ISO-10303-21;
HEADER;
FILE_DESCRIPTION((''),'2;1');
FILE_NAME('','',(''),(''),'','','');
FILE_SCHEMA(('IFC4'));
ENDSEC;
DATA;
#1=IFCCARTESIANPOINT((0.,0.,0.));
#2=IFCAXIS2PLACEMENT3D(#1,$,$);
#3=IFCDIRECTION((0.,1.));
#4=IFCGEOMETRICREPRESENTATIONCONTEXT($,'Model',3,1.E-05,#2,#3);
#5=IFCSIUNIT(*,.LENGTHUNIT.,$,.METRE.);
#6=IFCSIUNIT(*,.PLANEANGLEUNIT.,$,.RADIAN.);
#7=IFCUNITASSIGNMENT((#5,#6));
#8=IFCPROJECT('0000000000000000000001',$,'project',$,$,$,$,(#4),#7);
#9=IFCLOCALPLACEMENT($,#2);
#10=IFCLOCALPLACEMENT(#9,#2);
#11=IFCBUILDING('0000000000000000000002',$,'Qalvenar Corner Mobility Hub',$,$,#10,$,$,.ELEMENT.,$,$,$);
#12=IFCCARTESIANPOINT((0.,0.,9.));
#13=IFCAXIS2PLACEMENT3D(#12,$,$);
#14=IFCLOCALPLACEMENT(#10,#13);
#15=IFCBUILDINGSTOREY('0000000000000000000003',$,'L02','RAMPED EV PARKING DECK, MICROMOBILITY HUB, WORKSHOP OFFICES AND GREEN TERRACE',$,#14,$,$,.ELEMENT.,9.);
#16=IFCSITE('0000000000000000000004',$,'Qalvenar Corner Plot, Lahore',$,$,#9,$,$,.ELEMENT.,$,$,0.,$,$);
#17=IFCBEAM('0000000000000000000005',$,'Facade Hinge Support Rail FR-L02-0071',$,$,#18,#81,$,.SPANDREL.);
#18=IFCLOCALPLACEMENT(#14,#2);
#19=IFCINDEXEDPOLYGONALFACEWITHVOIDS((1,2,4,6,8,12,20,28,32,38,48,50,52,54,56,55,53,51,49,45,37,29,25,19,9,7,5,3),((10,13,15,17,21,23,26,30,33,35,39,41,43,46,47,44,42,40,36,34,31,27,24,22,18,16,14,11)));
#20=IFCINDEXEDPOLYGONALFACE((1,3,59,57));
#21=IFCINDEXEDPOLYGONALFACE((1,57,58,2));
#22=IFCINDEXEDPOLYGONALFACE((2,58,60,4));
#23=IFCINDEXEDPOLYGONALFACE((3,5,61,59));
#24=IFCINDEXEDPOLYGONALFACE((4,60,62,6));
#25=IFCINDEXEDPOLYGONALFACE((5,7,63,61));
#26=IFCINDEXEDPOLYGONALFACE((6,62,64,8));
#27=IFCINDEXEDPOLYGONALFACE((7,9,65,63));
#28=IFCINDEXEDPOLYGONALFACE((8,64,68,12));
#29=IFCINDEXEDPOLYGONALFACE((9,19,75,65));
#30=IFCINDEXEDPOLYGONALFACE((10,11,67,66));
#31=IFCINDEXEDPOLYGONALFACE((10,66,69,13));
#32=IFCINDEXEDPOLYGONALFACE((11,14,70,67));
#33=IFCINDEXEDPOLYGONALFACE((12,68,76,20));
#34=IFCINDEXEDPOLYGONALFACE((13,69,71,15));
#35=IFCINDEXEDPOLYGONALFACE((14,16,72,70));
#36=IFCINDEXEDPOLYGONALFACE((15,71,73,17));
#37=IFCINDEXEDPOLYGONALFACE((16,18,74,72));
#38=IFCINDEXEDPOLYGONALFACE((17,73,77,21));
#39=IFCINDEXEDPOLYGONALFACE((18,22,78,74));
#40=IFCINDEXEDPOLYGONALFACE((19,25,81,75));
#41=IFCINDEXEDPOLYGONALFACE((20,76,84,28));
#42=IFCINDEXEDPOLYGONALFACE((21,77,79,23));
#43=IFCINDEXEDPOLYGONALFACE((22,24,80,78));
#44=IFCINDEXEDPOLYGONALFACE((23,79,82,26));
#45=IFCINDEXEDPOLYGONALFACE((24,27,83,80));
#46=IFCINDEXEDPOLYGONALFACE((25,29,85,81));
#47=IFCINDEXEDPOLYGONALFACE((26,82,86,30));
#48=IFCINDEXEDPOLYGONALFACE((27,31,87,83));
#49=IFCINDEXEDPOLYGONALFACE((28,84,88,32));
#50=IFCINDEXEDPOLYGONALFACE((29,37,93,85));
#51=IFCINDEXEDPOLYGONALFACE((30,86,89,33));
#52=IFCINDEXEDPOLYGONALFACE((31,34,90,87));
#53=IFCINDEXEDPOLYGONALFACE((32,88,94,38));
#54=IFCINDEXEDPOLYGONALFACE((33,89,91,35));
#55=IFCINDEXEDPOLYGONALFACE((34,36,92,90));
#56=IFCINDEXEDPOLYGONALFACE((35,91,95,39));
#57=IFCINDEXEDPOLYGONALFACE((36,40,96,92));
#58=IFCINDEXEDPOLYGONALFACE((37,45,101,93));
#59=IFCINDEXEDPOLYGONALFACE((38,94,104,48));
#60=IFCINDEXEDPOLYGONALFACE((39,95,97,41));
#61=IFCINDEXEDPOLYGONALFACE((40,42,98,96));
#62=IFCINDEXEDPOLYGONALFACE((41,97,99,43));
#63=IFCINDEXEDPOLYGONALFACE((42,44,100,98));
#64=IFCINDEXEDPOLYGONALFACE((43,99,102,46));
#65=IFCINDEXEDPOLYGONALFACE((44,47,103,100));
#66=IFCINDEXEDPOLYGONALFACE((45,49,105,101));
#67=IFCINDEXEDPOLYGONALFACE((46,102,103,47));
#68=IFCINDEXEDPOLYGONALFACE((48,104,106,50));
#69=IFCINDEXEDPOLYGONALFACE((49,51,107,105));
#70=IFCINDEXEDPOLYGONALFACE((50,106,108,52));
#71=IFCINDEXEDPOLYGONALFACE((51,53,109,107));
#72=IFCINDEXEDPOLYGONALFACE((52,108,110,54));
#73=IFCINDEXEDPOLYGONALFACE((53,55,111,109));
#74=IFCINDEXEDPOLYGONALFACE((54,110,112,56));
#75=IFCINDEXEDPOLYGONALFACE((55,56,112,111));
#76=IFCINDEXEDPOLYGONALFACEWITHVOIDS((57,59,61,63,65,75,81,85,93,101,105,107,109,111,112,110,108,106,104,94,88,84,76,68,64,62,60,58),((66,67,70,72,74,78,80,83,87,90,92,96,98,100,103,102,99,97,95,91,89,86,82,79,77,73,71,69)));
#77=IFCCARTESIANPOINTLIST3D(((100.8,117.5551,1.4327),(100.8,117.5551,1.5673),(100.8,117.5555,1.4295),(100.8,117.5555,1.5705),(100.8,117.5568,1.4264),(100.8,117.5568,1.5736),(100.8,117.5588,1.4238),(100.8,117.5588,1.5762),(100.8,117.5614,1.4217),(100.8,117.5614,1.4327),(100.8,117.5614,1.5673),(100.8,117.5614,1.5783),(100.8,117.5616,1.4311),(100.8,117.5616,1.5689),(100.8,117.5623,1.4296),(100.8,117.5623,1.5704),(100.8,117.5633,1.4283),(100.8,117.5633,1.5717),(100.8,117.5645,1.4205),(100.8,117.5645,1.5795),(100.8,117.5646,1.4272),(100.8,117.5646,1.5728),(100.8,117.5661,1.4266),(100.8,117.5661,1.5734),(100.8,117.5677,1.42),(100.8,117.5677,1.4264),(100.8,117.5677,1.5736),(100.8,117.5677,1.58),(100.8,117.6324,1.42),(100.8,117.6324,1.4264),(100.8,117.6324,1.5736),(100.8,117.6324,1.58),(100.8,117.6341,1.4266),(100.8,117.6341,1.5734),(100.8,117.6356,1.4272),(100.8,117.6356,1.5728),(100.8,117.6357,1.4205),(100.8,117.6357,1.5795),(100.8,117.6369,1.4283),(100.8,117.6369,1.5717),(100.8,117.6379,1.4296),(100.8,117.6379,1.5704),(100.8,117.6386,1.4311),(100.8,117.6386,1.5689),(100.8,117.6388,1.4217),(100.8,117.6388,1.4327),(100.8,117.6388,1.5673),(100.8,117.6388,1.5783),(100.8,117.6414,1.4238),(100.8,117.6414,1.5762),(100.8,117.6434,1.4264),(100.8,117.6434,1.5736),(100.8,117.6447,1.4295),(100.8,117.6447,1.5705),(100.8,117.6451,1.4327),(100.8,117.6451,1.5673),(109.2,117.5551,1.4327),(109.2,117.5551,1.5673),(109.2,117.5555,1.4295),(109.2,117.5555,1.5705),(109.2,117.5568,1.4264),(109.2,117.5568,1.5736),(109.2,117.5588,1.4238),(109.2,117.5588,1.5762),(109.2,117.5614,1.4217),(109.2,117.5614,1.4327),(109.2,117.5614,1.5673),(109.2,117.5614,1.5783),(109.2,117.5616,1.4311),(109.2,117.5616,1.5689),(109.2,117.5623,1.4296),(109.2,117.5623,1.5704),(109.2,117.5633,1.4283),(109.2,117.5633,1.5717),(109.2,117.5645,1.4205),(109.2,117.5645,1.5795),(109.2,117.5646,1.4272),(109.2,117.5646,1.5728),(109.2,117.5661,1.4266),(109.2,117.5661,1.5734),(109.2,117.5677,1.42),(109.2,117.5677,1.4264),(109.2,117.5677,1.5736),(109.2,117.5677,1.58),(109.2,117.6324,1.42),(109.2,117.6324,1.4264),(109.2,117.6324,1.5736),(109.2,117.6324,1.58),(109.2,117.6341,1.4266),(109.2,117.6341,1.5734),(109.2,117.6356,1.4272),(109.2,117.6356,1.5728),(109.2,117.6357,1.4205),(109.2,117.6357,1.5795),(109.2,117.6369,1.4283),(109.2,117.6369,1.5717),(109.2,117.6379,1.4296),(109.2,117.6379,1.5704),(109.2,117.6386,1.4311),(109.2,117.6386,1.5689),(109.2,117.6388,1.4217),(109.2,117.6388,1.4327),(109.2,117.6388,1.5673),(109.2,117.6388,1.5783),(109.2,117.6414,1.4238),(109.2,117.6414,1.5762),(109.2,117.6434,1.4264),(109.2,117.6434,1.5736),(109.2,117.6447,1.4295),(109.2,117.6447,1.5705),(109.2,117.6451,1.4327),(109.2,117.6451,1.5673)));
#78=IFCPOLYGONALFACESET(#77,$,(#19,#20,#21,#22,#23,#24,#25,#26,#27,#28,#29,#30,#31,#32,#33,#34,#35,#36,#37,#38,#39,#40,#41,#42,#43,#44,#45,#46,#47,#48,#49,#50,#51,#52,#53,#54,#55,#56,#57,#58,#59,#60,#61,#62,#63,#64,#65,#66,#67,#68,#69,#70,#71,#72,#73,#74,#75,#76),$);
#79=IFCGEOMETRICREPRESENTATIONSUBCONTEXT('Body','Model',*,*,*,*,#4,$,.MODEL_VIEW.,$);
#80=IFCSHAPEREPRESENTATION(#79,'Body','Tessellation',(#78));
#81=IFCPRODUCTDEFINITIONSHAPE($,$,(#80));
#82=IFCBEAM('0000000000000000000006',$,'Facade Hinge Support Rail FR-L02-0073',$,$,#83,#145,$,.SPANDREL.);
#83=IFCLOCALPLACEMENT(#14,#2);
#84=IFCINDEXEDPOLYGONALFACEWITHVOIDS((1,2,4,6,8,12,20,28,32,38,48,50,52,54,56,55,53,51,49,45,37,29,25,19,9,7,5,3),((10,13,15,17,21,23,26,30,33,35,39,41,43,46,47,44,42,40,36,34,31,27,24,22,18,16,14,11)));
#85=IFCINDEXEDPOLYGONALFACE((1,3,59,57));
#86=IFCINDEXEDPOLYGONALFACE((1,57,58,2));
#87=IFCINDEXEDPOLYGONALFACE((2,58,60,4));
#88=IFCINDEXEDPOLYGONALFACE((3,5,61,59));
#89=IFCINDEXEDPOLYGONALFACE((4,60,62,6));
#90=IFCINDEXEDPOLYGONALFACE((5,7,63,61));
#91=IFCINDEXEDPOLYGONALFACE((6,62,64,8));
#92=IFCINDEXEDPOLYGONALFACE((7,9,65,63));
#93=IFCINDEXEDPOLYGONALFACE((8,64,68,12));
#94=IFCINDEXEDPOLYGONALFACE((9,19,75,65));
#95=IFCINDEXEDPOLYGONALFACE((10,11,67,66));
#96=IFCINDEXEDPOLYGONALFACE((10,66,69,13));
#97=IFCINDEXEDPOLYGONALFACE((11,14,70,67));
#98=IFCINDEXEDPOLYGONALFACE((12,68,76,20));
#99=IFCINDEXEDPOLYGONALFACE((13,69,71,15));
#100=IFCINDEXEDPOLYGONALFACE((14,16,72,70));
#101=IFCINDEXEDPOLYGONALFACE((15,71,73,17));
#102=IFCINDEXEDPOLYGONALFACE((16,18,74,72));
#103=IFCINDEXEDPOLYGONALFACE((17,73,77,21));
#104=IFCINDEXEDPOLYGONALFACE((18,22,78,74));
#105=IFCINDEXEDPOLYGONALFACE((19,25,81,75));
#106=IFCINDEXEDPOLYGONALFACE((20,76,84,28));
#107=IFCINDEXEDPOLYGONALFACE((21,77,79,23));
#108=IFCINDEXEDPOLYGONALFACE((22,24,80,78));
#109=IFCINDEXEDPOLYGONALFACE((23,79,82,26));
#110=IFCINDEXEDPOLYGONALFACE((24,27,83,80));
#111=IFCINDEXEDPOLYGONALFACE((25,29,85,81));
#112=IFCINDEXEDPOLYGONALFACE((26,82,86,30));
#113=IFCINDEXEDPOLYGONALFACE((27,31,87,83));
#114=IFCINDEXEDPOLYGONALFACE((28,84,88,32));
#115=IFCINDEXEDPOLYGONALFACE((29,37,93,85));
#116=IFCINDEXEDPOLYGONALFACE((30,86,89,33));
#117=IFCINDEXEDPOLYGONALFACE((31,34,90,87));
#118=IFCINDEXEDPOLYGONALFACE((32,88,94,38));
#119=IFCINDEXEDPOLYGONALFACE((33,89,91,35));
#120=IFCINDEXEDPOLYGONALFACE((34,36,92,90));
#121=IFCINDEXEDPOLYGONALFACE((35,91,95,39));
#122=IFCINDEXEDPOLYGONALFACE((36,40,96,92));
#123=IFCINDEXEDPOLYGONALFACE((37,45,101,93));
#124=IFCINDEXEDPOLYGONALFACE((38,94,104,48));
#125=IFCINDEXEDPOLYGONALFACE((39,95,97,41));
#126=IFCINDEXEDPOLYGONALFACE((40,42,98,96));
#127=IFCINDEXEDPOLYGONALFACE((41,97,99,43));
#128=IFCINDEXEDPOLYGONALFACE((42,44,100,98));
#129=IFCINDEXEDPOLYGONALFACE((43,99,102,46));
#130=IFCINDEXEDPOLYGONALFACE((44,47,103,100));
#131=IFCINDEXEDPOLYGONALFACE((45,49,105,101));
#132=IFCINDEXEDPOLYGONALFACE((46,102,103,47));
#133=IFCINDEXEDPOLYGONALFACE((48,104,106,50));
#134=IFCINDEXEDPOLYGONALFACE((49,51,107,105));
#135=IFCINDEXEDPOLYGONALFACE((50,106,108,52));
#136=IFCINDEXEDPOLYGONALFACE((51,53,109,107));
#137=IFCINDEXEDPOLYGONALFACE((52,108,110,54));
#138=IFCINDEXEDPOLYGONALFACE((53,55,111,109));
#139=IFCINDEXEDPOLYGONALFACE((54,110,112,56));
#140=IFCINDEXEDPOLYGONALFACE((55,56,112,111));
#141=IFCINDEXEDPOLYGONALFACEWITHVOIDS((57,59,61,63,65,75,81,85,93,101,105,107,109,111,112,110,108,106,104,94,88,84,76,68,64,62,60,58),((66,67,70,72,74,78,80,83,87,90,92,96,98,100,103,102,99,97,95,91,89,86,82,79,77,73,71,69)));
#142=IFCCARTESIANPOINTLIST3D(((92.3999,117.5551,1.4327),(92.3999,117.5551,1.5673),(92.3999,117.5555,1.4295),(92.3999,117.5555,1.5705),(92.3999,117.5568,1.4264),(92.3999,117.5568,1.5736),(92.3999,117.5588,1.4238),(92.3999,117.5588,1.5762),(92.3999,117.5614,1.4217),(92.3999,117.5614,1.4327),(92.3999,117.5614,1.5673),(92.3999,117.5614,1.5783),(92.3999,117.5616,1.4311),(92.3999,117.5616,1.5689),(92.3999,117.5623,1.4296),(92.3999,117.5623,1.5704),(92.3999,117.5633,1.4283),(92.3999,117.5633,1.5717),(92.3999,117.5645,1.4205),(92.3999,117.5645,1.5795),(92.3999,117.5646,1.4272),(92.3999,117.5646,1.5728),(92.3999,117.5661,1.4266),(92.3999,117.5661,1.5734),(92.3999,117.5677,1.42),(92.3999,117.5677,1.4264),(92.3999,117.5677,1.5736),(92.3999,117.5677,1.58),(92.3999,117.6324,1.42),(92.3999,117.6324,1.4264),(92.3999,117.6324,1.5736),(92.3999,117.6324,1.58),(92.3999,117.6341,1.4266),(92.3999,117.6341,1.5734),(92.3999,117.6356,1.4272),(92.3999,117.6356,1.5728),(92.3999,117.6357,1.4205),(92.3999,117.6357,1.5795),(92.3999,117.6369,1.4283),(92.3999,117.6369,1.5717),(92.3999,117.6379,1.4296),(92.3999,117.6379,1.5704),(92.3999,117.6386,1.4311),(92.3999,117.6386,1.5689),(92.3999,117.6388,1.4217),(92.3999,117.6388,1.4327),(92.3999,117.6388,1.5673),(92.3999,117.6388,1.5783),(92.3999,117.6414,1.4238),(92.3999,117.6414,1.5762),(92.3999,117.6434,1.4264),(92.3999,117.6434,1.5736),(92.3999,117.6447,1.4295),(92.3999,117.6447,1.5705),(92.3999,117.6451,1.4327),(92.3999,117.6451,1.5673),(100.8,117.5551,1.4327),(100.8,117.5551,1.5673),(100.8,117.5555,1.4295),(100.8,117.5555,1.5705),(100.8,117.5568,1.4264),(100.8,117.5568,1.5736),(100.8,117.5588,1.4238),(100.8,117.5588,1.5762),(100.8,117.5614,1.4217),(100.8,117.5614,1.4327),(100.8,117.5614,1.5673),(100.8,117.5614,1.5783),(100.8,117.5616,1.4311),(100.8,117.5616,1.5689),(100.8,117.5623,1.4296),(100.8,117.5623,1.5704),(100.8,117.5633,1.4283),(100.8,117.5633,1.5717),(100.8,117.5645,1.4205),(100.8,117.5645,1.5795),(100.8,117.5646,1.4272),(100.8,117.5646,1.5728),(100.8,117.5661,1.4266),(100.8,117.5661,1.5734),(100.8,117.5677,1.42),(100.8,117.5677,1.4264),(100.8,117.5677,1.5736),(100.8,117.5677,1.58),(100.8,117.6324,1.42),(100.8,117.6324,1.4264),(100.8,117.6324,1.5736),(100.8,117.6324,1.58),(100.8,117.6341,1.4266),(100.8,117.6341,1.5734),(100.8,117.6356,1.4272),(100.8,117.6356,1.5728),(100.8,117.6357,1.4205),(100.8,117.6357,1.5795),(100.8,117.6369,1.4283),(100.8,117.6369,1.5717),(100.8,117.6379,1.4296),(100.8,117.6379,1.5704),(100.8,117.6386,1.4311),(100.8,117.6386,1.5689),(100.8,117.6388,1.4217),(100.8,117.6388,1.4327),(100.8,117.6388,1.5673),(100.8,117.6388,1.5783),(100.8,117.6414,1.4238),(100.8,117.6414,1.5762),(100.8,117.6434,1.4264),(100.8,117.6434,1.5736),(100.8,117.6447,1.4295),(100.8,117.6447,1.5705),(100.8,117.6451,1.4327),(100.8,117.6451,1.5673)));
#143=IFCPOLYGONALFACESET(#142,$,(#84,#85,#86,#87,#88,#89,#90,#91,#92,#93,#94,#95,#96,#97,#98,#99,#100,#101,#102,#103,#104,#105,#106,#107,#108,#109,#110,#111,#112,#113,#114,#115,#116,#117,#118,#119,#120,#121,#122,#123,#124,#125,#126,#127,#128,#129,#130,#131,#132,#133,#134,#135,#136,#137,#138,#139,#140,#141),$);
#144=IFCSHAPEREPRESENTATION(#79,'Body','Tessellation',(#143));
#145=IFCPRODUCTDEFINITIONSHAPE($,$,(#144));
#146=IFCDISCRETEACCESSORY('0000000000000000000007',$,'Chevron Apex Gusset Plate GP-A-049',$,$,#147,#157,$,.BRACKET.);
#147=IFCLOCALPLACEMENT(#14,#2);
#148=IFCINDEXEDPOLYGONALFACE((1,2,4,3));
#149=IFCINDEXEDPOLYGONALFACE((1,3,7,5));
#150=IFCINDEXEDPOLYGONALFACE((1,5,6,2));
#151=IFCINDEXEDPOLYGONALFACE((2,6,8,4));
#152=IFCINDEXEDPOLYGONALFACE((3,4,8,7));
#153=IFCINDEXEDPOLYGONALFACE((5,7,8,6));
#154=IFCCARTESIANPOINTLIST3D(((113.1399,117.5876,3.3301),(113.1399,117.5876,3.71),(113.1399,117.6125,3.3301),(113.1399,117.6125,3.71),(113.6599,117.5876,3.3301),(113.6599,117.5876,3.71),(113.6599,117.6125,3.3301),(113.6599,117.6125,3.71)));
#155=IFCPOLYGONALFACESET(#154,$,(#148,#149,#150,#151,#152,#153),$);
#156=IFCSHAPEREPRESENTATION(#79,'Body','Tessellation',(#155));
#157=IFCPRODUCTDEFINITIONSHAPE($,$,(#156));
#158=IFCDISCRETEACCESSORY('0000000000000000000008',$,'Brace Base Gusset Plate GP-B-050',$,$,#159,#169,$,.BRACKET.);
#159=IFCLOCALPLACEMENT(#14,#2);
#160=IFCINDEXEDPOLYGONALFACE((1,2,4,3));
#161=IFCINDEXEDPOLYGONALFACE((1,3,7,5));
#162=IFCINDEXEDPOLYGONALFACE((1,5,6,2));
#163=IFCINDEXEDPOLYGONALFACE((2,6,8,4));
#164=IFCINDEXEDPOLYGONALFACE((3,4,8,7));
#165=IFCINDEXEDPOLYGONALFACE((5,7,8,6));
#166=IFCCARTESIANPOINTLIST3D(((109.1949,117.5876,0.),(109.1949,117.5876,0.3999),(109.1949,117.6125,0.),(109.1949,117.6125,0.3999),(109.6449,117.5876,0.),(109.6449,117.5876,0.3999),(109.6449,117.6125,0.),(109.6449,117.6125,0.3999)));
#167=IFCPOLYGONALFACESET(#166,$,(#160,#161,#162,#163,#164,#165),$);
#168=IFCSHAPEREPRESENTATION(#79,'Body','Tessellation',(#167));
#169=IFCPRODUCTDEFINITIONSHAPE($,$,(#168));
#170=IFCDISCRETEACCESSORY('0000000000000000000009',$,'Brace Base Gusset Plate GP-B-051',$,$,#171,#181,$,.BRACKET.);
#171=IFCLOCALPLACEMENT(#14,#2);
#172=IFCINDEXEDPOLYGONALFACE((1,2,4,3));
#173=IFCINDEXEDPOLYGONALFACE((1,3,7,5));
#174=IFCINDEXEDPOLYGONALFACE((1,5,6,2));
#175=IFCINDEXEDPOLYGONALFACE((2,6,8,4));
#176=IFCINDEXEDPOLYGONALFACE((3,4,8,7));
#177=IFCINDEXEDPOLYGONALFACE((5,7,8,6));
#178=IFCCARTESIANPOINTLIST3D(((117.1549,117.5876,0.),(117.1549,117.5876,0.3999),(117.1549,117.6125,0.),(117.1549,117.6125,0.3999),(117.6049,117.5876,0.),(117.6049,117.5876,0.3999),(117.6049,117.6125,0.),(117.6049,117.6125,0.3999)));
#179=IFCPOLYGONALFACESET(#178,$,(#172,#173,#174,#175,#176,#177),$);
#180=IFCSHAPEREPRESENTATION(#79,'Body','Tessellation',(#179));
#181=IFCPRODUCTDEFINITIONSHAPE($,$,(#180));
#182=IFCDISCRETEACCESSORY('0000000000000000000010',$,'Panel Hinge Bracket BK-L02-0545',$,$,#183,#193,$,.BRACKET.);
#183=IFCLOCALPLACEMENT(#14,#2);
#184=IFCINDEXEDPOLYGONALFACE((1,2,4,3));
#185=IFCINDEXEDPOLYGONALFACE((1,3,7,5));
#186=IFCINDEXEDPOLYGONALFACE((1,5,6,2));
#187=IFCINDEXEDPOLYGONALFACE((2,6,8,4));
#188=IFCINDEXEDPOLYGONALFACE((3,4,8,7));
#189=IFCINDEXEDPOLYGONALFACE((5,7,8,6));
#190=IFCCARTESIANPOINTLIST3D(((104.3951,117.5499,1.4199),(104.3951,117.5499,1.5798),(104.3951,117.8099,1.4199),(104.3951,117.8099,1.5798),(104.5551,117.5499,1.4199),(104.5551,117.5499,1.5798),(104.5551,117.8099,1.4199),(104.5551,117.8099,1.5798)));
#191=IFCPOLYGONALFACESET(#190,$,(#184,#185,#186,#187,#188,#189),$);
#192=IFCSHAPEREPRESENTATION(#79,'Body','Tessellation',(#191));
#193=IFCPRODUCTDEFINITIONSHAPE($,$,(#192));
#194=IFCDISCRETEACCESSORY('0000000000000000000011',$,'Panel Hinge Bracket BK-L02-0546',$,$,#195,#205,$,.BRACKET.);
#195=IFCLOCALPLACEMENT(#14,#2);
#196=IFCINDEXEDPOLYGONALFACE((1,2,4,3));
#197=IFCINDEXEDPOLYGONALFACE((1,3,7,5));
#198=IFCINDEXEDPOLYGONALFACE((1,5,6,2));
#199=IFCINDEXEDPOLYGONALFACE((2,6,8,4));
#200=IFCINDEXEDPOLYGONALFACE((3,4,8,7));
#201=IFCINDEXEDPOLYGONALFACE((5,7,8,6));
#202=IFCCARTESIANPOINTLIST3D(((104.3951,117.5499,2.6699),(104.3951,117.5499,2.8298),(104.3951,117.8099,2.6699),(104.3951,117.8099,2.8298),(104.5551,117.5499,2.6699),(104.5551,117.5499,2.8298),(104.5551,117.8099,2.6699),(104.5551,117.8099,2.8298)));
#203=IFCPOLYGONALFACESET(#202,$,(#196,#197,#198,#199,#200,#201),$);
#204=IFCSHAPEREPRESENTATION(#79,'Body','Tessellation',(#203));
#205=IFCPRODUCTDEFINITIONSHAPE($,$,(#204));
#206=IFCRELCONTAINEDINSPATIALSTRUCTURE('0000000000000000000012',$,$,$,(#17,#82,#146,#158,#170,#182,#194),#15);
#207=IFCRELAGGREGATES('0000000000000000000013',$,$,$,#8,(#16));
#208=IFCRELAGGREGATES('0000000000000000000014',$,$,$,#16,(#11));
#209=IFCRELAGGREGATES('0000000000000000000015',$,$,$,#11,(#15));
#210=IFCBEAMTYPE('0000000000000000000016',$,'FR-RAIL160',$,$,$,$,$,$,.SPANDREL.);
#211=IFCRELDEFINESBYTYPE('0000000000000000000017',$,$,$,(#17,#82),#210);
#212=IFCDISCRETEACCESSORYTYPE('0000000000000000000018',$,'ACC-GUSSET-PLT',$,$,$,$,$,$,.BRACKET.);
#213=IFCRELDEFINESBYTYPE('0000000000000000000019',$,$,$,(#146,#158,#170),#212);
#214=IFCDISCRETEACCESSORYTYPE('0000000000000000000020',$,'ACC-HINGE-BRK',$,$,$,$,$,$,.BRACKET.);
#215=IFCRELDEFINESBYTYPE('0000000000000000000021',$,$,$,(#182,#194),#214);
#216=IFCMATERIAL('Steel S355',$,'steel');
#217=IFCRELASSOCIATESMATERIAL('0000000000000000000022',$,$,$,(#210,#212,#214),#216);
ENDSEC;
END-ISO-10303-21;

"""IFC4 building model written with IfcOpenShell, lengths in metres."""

from ifc_helpers import new_model, si_unit, direction, frame, origin, origin_2d, place, context, subcontext, project, spatial, rectangle, hollow_rectangle, extrude, material, material_profile, profile_set, type_object, element, save


model = new_model("IFC4")

# Units and contexts
model_context = context("Model", 3, precision=1e-05, world=origin(), true_north=direction((0.0, 1.0)))
body_context = subcontext(model_context, "Body", "Model", "MODEL_VIEW")
ifc_project = project(units=[si_unit("LENGTHUNIT", "METRE"), si_unit("PLANEANGLEUNIT", "RADIAN")], contexts=[model_context])

# Site, building, storey
site_placement = place(None, origin())
site = spatial("IfcSite", under=ifc_project, at=site_placement, Name="Qalvenar Corner Plot, Lahore", CompositionType="ELEMENT", RefElevation=0.0)
building_placement = place(site_placement, origin())
building = spatial("IfcBuilding", under=site, at=building_placement, Name="Qalvenar Corner Mobility Hub", CompositionType="ELEMENT")
storey_placement = place(building_placement, frame((0.0, 0.0, 9.0)))
storey = spatial("IfcBuildingStorey", under=building, at=storey_placement, Name="L02", Description="RAMPED EV PARKING DECK, MICROMOBILITY HUB, WORKSHOP OFFICES AND GREEN TERRACE", CompositionType="ELEMENT", Elevation=9.0)

# Shared definitions
ifc_material = material(Name="Steel S355", Category="steel")

# Beams
ifc_material_profile_1 = material_profile(ifc_material, hollow_rectangle(XDim=0.0901, YDim=0.1599, WallThickness=0.0063, InnerFilletRadius=0.0063, OuterFilletRadius=0.0127, at=origin_2d()), Name="RHS160x90x6.3")
ifc_profile_set_1 = profile_set([ifc_material_profile_1], Name="Steel S355")
beam_type_1 = type_object("IfcBeamType", Name="FR-RAIL160", PredefinedType="SPANDREL", material=ifc_profile_set_1)
beam_1_placement = place(storey_placement, frame((109.2, 117.6001, 1.5), z_axis=(-1.0, 0.0, 0.0), x_axis=(0.0, -1.0, 0.0)))
element("IfcBeam", 1, at=beam_1_placement, inside=storey, type_object=beam_type_1, Name="Facade Hinge Support Rail FR-L02-0071", PredefinedType="SPANDREL", context=body_context, shape_type="SweptSolid", body=[
    extrude(hollow_rectangle(XDim=0.0901, YDim=0.1599, WallThickness=0.0063, InnerFilletRadius=0.0063, OuterFilletRadius=0.0127, at=origin_2d()), origin(), (0.0, 0.0, 1.0), 8.3999),
])
beam_2_placement = place(storey_placement, frame((100.8, 117.6001, 1.5), z_axis=(-1.0, 0.0, 0.0), x_axis=(0.0, -1.0, 0.0)))
element("IfcBeam", 2, at=beam_2_placement, inside=storey, type_object=beam_type_1, Name="Facade Hinge Support Rail FR-L02-0073", PredefinedType="SPANDREL", context=body_context, shape_type="SweptSolid", body=[
    extrude(hollow_rectangle(XDim=0.0901, YDim=0.1599, WallThickness=0.0063, InnerFilletRadius=0.0063, OuterFilletRadius=0.0127, at=origin_2d()), origin(), (0.0, 0.0, 1.0), 8.4001),
])

# Discrete accessories
discrete_accessory_type_1 = type_object("IfcDiscreteAccessoryType", Name="ACC-GUSSET-PLT", PredefinedType="BRACKET", material=ifc_material)
discrete_accessory_placement = place(storey_placement, frame((113.3999, 117.6001, 3.3301), z_axis=(0.0, 0.0, 1.0), x_axis=(1.0, 0.0, 0.0)))
element("IfcDiscreteAccessory", 3, at=discrete_accessory_placement, inside=storey, type_object=discrete_accessory_type_1, Name="Chevron Apex Gusset Plate GP-A-049", PredefinedType="BRACKET", context=body_context, shape_type="SweptSolid", body=[
    extrude(rectangle(XDim=0.52, YDim=0.0249, at=origin_2d()), origin(), (0.0, 0.0, 1.0), 0.3799),
])
for number, where, z_axis, x_axis, name in (
    (4, (109.4199, 117.6001, 0.0), (0.0, 0.0, 1.0), (1.0, 0.0, 0.0), "Brace Base Gusset Plate GP-B-050"),
    (5, (117.3799, 117.6001, 0.0), (0.0, 0.0, 1.0), (1.0, 0.0, 0.0), "Brace Base Gusset Plate GP-B-051"),
):
    element("IfcDiscreteAccessory", number, at=place(storey_placement, frame(where, z_axis=z_axis, x_axis=x_axis)), inside=storey, type_object=discrete_accessory_type_1, Name=name, PredefinedType="BRACKET", context=body_context, shape_type="SweptSolid", body=[
        extrude(rectangle(XDim=0.45, YDim=0.0249, at=origin_2d()), origin(), (0.0, 0.0, 1.0), 0.3999),
    ])
discrete_accessory_type_2 = type_object("IfcDiscreteAccessoryType", Name="ACC-HINGE-BRK", PredefinedType="BRACKET", material=ifc_material)
for number, where, z_axis, x_axis, name in (
    (6, (104.4751, 117.6799, 1.4199), (0.0, 0.0, 1.0), (-1.0, 0.0, 0.0), "Panel Hinge Bracket BK-L02-0545"),
    (7, (104.4751, 117.6799, 2.6699), (0.0, 0.0, 1.0), (-1.0, 0.0, 0.0), "Panel Hinge Bracket BK-L02-0546"),
):
    element("IfcDiscreteAccessory", number, at=place(storey_placement, frame(where, z_axis=z_axis, x_axis=x_axis)), inside=storey, type_object=discrete_accessory_type_2, Name=name, PredefinedType="BRACKET", context=body_context, shape_type="SweptSolid", body=[
        extrude(rectangle(XDim=0.1599, YDim=0.26, at=origin_2d()), origin(), (0.0, 0.0, 1.0), 0.1599),
    ])

save(model, "model.ifc")
